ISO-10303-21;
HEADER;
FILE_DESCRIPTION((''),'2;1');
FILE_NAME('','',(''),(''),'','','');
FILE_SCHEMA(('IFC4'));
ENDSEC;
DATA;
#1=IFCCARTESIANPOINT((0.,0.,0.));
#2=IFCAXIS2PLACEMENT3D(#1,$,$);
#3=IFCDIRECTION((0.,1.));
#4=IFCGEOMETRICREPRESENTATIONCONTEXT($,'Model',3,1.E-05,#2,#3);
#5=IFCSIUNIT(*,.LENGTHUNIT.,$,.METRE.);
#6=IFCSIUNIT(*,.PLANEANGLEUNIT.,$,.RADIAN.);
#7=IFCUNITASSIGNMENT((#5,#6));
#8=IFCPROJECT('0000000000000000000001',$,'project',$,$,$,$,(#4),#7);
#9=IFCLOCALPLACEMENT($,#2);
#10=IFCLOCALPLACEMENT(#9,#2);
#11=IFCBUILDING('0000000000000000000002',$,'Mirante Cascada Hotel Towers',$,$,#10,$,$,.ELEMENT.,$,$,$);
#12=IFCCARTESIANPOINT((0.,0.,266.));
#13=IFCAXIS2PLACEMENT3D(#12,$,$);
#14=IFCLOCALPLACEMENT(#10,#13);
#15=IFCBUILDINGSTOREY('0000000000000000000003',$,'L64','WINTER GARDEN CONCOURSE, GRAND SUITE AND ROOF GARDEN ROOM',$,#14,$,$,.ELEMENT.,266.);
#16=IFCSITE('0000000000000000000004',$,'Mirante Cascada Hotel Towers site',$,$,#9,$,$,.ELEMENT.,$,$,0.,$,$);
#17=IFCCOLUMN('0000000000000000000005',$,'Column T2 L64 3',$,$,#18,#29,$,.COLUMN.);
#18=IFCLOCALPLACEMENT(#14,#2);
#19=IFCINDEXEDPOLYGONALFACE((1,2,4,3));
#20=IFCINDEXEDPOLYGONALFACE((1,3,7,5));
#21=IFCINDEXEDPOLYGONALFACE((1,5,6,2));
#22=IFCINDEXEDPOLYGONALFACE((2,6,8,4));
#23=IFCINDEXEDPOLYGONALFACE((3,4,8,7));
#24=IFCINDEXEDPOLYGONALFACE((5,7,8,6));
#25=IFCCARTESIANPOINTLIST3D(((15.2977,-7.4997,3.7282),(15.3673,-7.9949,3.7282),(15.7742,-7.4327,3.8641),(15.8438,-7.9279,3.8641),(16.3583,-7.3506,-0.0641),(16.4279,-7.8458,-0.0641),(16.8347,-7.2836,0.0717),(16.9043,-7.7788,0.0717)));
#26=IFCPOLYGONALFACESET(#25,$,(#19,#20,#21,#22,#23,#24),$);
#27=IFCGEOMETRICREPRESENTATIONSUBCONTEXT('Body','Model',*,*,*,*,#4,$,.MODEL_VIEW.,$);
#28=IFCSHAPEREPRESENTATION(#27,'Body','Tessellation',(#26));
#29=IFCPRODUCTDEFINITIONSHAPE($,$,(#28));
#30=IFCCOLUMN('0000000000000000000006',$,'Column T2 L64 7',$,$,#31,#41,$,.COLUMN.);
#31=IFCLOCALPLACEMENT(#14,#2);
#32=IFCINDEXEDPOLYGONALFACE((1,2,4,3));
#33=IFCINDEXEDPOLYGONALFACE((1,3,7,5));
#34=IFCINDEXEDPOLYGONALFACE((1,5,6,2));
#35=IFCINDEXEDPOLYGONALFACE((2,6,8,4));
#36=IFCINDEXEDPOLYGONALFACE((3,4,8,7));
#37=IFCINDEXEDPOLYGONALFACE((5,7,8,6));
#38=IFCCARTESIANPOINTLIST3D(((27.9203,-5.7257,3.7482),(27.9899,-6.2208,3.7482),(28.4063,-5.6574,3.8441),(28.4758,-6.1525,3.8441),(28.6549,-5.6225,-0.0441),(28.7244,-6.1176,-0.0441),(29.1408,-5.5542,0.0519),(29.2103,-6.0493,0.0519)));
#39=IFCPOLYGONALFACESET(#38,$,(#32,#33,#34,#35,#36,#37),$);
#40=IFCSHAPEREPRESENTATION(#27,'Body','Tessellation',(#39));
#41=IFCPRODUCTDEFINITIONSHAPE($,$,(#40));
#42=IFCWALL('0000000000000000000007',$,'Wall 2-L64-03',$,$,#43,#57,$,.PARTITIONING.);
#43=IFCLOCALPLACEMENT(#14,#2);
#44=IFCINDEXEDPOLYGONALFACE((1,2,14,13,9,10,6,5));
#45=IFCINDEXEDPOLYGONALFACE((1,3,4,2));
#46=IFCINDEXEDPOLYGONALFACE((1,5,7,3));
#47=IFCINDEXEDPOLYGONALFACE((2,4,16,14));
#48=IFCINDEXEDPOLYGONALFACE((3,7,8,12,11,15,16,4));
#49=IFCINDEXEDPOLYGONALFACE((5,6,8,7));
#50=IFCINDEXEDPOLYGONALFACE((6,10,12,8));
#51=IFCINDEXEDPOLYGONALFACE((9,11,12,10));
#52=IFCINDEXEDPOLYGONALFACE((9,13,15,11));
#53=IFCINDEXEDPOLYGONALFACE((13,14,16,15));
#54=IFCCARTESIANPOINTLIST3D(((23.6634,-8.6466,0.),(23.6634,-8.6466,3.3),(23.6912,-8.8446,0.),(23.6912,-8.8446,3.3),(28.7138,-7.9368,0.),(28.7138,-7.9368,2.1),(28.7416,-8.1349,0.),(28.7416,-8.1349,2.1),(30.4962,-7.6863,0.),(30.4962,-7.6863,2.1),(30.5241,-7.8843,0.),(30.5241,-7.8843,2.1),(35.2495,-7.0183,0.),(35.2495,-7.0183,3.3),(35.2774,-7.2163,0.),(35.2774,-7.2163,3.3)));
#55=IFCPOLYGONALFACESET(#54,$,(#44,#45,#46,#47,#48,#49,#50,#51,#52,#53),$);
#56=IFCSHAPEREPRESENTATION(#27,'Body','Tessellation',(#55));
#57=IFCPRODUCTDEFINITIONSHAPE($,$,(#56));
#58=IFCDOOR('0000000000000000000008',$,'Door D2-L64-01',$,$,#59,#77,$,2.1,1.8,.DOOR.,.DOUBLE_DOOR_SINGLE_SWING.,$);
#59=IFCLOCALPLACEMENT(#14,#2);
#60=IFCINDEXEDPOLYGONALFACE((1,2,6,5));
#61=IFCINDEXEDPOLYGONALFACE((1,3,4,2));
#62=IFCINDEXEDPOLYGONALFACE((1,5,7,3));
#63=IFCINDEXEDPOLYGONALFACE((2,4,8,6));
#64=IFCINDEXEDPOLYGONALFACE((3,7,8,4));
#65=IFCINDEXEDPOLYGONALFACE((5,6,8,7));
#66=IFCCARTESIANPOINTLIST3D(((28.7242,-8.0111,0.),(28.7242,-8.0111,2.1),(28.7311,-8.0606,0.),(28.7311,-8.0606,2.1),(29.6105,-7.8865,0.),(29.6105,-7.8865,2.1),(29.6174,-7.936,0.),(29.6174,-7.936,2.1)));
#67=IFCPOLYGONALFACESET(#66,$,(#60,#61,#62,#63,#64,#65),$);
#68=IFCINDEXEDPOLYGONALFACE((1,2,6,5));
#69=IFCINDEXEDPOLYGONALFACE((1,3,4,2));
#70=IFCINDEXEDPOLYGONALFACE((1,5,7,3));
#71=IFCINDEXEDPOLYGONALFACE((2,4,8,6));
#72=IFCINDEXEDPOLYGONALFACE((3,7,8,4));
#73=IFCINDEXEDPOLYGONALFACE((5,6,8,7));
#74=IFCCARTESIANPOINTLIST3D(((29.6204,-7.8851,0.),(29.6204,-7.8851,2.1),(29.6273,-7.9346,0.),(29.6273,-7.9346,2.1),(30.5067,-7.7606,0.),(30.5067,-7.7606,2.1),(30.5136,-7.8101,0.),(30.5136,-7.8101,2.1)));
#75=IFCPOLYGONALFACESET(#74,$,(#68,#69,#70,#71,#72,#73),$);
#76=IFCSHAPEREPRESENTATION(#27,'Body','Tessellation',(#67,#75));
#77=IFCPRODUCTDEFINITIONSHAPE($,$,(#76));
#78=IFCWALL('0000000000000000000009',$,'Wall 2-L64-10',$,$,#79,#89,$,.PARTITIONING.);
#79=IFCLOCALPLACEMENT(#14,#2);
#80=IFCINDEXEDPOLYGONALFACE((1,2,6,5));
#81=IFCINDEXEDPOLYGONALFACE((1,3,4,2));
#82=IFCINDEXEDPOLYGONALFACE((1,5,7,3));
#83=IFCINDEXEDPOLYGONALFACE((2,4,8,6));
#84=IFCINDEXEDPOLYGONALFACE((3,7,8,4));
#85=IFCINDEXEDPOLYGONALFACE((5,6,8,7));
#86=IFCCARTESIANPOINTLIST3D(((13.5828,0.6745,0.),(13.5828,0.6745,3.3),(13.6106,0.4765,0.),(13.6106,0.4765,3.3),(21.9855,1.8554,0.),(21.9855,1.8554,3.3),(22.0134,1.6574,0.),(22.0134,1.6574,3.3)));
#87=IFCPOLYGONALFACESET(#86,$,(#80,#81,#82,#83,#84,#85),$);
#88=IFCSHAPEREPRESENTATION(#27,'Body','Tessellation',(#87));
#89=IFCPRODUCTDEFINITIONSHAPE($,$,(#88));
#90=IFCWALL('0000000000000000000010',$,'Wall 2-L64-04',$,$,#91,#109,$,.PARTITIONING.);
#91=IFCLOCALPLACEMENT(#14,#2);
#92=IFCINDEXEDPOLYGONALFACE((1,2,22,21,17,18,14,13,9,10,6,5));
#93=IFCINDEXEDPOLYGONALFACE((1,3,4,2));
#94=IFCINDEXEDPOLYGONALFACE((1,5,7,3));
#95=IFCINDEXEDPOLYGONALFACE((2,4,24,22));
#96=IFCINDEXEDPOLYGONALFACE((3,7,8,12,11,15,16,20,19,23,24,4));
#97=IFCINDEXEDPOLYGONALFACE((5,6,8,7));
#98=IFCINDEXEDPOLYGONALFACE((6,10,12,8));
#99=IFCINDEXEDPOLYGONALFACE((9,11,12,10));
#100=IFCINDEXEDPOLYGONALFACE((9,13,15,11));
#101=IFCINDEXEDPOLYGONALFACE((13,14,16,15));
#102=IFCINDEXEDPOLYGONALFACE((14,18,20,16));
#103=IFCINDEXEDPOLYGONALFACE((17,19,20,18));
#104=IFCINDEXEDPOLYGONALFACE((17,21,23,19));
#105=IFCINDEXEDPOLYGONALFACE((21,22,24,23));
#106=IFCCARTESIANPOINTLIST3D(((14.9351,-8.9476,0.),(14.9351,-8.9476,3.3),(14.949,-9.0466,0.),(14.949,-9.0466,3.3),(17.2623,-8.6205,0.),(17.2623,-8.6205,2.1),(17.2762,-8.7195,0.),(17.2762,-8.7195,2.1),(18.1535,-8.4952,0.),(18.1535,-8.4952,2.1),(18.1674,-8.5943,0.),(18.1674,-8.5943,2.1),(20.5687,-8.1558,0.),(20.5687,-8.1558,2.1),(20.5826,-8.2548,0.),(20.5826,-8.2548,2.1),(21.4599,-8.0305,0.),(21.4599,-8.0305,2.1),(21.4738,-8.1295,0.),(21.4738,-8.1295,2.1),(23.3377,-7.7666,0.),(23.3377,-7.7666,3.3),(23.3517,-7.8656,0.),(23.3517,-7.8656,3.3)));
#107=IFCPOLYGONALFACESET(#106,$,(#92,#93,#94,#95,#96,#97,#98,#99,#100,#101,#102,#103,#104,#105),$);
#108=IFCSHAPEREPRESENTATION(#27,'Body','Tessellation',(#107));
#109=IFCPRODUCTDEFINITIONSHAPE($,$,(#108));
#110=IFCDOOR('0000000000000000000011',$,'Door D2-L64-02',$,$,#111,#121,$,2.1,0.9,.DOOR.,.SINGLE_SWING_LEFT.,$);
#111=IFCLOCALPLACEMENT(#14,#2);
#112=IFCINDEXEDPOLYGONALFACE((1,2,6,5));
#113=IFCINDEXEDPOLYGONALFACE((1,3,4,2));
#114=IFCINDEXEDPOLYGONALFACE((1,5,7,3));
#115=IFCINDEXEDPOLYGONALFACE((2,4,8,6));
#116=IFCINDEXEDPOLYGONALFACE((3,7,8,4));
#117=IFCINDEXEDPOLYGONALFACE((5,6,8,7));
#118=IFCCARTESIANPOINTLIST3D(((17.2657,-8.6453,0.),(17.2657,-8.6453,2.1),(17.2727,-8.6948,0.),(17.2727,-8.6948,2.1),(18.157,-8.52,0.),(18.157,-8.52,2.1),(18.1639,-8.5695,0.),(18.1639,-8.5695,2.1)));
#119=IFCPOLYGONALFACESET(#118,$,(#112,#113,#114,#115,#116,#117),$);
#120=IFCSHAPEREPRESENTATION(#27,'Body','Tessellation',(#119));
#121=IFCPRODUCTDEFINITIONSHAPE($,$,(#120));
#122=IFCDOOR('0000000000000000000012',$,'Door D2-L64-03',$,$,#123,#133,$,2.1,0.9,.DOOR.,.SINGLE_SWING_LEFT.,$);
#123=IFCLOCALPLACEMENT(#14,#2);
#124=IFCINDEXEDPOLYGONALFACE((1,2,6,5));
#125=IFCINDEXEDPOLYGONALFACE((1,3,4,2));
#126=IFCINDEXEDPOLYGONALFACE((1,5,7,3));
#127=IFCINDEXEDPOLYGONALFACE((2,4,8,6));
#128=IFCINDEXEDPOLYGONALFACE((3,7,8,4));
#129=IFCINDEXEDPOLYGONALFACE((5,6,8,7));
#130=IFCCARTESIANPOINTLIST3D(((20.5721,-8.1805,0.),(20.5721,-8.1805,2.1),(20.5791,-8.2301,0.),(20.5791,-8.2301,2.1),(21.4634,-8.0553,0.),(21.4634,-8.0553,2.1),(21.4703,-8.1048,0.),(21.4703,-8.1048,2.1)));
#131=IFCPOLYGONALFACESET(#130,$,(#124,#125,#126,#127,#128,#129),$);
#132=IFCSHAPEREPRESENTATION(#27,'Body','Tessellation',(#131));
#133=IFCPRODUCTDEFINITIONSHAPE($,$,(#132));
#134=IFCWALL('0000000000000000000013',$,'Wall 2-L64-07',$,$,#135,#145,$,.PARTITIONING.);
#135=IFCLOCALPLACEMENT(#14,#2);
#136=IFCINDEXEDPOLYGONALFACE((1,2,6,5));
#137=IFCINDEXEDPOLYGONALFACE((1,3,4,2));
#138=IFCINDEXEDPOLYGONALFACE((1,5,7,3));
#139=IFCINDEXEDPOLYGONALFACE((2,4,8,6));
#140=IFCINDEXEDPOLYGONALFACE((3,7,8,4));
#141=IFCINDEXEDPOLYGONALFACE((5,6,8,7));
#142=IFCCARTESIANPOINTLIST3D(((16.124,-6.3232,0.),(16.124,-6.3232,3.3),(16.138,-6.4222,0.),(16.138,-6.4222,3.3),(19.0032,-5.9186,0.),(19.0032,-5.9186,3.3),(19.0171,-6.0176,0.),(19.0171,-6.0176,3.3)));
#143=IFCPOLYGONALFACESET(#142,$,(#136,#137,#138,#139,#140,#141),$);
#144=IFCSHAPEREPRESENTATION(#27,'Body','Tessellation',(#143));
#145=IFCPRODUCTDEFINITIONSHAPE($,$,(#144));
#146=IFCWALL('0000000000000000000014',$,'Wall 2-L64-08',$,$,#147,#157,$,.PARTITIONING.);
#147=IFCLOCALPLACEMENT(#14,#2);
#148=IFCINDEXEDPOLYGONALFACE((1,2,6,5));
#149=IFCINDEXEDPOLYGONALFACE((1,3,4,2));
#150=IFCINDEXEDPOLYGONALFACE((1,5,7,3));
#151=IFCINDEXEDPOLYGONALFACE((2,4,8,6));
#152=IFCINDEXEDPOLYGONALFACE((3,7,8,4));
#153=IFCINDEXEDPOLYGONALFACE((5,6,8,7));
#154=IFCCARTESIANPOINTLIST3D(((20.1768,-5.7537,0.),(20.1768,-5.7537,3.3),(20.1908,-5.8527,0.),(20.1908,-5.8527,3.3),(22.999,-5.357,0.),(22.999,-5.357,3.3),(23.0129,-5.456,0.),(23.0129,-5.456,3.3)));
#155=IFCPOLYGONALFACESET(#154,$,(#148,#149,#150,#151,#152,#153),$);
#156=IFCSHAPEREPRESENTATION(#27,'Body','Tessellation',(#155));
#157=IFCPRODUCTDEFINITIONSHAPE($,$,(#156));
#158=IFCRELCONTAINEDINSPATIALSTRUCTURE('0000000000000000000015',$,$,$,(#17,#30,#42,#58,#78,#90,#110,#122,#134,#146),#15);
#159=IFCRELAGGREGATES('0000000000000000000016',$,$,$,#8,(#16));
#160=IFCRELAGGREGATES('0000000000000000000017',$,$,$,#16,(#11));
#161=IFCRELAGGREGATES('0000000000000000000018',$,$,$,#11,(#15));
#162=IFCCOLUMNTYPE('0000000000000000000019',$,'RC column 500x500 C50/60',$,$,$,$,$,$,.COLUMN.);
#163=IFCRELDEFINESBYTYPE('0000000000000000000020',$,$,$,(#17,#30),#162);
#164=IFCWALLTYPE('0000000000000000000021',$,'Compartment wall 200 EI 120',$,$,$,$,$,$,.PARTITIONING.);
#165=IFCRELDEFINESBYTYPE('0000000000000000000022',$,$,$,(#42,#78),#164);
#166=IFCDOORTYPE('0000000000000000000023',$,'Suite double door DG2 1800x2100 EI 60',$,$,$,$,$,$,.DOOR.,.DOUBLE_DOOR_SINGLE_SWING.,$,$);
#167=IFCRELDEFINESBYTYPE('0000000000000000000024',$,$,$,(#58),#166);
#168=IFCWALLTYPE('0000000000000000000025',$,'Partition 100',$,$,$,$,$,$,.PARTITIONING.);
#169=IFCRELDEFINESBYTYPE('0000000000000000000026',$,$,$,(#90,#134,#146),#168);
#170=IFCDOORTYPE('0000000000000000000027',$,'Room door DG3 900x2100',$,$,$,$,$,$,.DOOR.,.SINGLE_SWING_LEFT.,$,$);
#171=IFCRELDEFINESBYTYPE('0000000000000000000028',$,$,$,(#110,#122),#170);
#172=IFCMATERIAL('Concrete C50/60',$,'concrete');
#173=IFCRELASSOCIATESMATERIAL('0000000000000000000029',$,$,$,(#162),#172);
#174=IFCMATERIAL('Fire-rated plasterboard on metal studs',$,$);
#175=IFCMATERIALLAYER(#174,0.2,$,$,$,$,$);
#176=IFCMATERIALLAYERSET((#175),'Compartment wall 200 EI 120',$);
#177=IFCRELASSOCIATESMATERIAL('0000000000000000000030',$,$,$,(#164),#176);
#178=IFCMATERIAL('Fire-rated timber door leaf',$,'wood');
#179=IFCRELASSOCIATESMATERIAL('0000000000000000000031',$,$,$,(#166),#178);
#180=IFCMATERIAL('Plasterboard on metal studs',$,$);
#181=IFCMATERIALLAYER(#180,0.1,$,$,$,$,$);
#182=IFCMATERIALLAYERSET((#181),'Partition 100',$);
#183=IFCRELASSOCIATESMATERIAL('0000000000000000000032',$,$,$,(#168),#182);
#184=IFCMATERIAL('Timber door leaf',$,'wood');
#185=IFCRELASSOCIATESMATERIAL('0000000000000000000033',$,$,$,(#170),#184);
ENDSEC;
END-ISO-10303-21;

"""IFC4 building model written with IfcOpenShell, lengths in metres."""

from ifc_helpers import new_model, si_unit, direction, frame, frame_2d, origin, origin_2d, place, context, subcontext, project, spatial, rectangle, extrude, material, layer, layer_set, material_profile, profile_set, type_object, element, fill, save


model = new_model("IFC4")

# Units and contexts
model_context = context("Model", 3, precision=1e-05, world=origin(), true_north=direction((0.0, 1.0)))
body_context = subcontext(model_context, "Body", "Model", "MODEL_VIEW")
ifc_project = project(units=[si_unit("LENGTHUNIT", "METRE"), si_unit("PLANEANGLEUNIT", "RADIAN")], contexts=[model_context])

# Site, building, storey
site_placement = place(None, origin())
site = spatial("IfcSite", under=ifc_project, at=site_placement, Name="Mirante Cascada Hotel Towers site", CompositionType="ELEMENT", RefElevation=0.0)
building_placement = place(site_placement, origin())
building = spatial("IfcBuilding", under=site, at=building_placement, Name="Mirante Cascada Hotel Towers", CompositionType="ELEMENT")
storey_placement = place(building_placement, frame((0.0, 0.0, 266.0)))
storey = spatial("IfcBuildingStorey", under=building, at=storey_placement, Name="L64", Description="WINTER GARDEN CONCOURSE, GRAND SUITE AND ROOF GARDEN ROOM", CompositionType="ELEMENT", Elevation=266.0)

# Columns
ifc_material_1 = material(Name="Concrete C50/60", Category="concrete")
ifc_material_profile = material_profile(ifc_material_1, rectangle(XDim=0.5, YDim=0.5, at=origin_2d()), Name="RC column 500x500 C50/60")
ifc_profile_set = profile_set([ifc_material_profile], Name="Concrete C50/60")
column_type = type_object("IfcColumnType", Name="RC column 500x500 C50/60", PredefinedType="COLUMN", material=ifc_profile_set)
column_1_placement = place(storey_placement, frame((16.6313, -7.5647, 0.0038), z_axis=(-0.269137, -0.037836, 0.962358), x_axis=(0.139212, -0.990263, 0.0)))
element("IfcColumn", 1, at=column_1_placement, inside=storey, type_object=column_type, Name="Column T2 L64 3", PredefinedType="COLUMN", context=body_context, shape_type="SweptSolid", body=[
    extrude(rectangle(XDim=0.5, YDim=0.5, at=origin_2d()), origin(), (0.0, 0.0, 1.0), 3.9407),
])
column_2_placement = place(storey_placement, frame((28.9326, -5.8359, 0.0039), z_axis=(-0.190085, -0.026708, 0.981404), x_axis=(0.139137, -0.990273, 0.0)))
element("IfcColumn", 2, at=column_2_placement, inside=storey, type_object=column_type, Name="Column T2 L64 7", PredefinedType="COLUMN", context=body_context, shape_type="SweptSolid", body=[
    extrude(rectangle(XDim=0.5, YDim=0.5, at=origin_2d()), origin(), (0.0, 0.0, 1.0), 3.8641),
])

# Wall, opening, door
ifc_material_2 = material(Name="Fire-rated plasterboard on metal studs")
ifc_layer_1 = layer(ifc_material_2, 0.2)
ifc_layer_set_1 = layer_set([ifc_layer_1], Name="Compartment wall 200 EI 120")
wall_type_1 = type_object("IfcWallType", Name="Compartment wall 200 EI 120", PredefinedType="PARTITIONING", material=ifc_layer_set_1)
wall_1_placement = place(storey_placement, frame((23.6773, -8.7456, 0.0), z_axis=(0.0, 0.0, 1.0), x_axis=(0.990268, 0.139171, 0.0)))
wall_1 = element("IfcWall", 3, at=wall_1_placement, inside=storey, type_object=wall_type_1, Name="Wall 2-L64-03", PredefinedType="PARTITIONING", context=body_context, shape_type="SweptSolid", body=[
    extrude(rectangle(XDim=11.7, YDim=0.2, at=frame_2d((5.85, 0.0))), origin(), (0.0, 0.0, 1.0), 3.3),
])
opening_1_placement = place(wall_1_placement, frame((5.1, 0.0, 0.0)))
opening_1 = element("IfcOpeningElement", 4, at=opening_1_placement, cuts=wall_1, PredefinedType="OPENING", context=body_context, shape_type="SweptSolid", body=[
    extrude(rectangle(XDim=1.8, YDim=2.1, at=frame_2d((0.9, 1.05))), frame((0.0, 0.1, 0.0), z_axis=(0.0, -1.0, 0.0), x_axis=(1.0, 0.0, 0.0)), (0.0, 0.0, 1.0), 0.2),
])
ifc_material_3 = material(Name="Fire-rated timber door leaf", Category="wood")
door_type_1 = type_object("IfcDoorType", Name="Suite double door DG2 1800x2100 EI 60", OperationType="DOUBLE_DOOR_SINGLE_SWING", PredefinedType="DOOR", material=ifc_material_3)
door_1_placement = place(opening_1_placement, origin())
door_1 = element("IfcDoor", 5, at=door_1_placement, inside=storey, type_object=door_type_1, Name="Door D2-L64-01", OperationType="DOUBLE_DOOR_SINGLE_SWING", OverallHeight=2.1, OverallWidth=1.8, PredefinedType="DOOR", context=body_context, shape_type="SweptSolid", body=[
    extrude(rectangle(XDim=0.895, YDim=2.1, at=frame_2d((0.4475, 1.05))), frame((0.0, 0.025, 0.0), z_axis=(0.0, -1.0, 0.0), x_axis=(1.0, 0.0, 0.0)), (0.0, 0.0, 1.0), 0.05),
    extrude(rectangle(XDim=0.895, YDim=2.1, at=frame_2d((1.3525, 1.05))), frame((0.0, 0.025, 0.0), z_axis=(0.0, -1.0, 0.0), x_axis=(1.0, 0.0, 0.0)), (0.0, 0.0, 1.0), 0.05),
])
fill(opening_1, door_1)

# Wall
wall_2_placement = place(storey_placement, frame((21.9994, 1.7564, 0.0), z_axis=(0.0, 0.0, 1.0), x_axis=(-0.990268, -0.139171, 0.0)))
element("IfcWall", 6, at=wall_2_placement, inside=storey, type_object=wall_type_1, Name="Wall 2-L64-10", PredefinedType="PARTITIONING", context=body_context, shape_type="SweptSolid", body=[
    extrude(rectangle(XDim=8.4853, YDim=0.2, at=frame_2d((4.2426, 0.0))), origin(), (0.0, 0.0, 1.0), 3.3),
])

# Wall, openings, doors
ifc_material_4 = material(Name="Plasterboard on metal studs")
ifc_layer_2 = layer(ifc_material_4, 0.1)
ifc_layer_set_2 = layer_set([ifc_layer_2], Name="Partition 100")
wall_type_2 = type_object("IfcWallType", Name="Partition 100", PredefinedType="PARTITIONING", material=ifc_layer_set_2)
wall_3_placement = place(storey_placement, frame((23.3447, -7.8161, 0.0), z_axis=(0.0, 0.0, 1.0), x_axis=(-0.990267, -0.139184, 0.0)))
wall_3 = element("IfcWall", 7, at=wall_3_placement, inside=storey, type_object=wall_type_2, Name="Wall 2-L64-04", PredefinedType="PARTITIONING", context=body_context, shape_type="SweptSolid", body=[
    extrude(rectangle(XDim=8.4852, YDim=0.1, at=frame_2d((4.2426, 0.0))), origin(), (0.0, 0.0, 1.0), 3.3),
])
opening_2_placement = place(wall_3_placement, frame((5.2352, 0.0, 0.0)))
opening_2 = element("IfcOpeningElement", 8, at=opening_2_placement, cuts=wall_3, PredefinedType="OPENING", context=body_context, shape_type="SweptSolid", body=[
    extrude(rectangle(XDim=0.9, YDim=2.1, at=frame_2d((0.45, 1.05))), frame((0.0, 0.05, 0.0), z_axis=(0.0, -1.0, 0.0), x_axis=(1.0, 0.0, 0.0)), (0.0, 0.0, 1.0), 0.1),
])
opening_3_placement = place(wall_3_placement, frame((1.8963, 0.0, 0.0)))
opening_3 = element("IfcOpeningElement", 9, at=opening_3_placement, cuts=wall_3, PredefinedType="OPENING", context=body_context, shape_type="SweptSolid", body=[
    extrude(rectangle(XDim=0.9, YDim=2.1, at=frame_2d((0.45, 1.05))), frame((0.0, 0.05, 0.0), z_axis=(0.0, -1.0, 0.0), x_axis=(1.0, 0.0, 0.0)), (0.0, 0.0, 1.0), 0.1),
])
ifc_material_5 = material(Name="Timber door leaf", Category="wood")
door_type_2 = type_object("IfcDoorType", Name="Room door DG3 900x2100", OperationType="SINGLE_SWING_LEFT", PredefinedType="DOOR", material=ifc_material_5)
door_2_placement = place(opening_2_placement, origin())
door_2 = element("IfcDoor", 10, at=door_2_placement, inside=storey, type_object=door_type_2, Name="Door D2-L64-02", OperationType="SINGLE_SWING_LEFT", OverallHeight=2.1, OverallWidth=0.9, PredefinedType="DOOR", context=body_context, shape_type="SweptSolid", body=[
    extrude(rectangle(XDim=0.9, YDim=2.1, at=frame_2d((0.45, 1.05))), frame((0.0, 0.025, 0.0), z_axis=(0.0, -1.0, 0.0), x_axis=(1.0, 0.0, 0.0)), (0.0, 0.0, 1.0), 0.05),
])
fill(opening_2, door_2)
door_3_placement = place(opening_3_placement, origin())
door_3 = element("IfcDoor", 11, at=door_3_placement, inside=storey, type_object=door_type_2, Name="Door D2-L64-03", OperationType="SINGLE_SWING_LEFT", OverallHeight=2.1, OverallWidth=0.9, PredefinedType="DOOR", context=body_context, shape_type="SweptSolid", body=[
    extrude(rectangle(XDim=0.9, YDim=2.1, at=frame_2d((0.45, 1.05))), frame((0.0, 0.025, 0.0), z_axis=(0.0, -1.0, 0.0), x_axis=(1.0, 0.0, 0.0)), (0.0, 0.0, 1.0), 0.05),
])
fill(opening_3, door_3)

# Walls
wall_4_placement = place(storey_placement, frame((16.131, -6.3727, 0.0), z_axis=(0.0, 0.0, 1.0), x_axis=(0.99027, 0.139163, 0.0)))
element("IfcWall", 12, at=wall_4_placement, inside=storey, type_object=wall_type_2, Name="Wall 2-L64-07", PredefinedType="PARTITIONING", context=body_context, shape_type="SweptSolid", body=[
    extrude(rectangle(XDim=2.9074, YDim=0.1, at=frame_2d((1.4537, 0.0))), origin(), (0.0, 0.0, 1.0), 3.3),
])
wall_5_placement = place(storey_placement, frame((23.006, -5.4065, 0.0), z_axis=(0.0, 0.0, 1.0), x_axis=(-0.990265, -0.139196, 0.0)))
element("IfcWall", 13, at=wall_5_placement, inside=storey, type_object=wall_type_2, Name="Wall 2-L64-08", PredefinedType="PARTITIONING", context=body_context, shape_type="SweptSolid", body=[
    extrude(rectangle(XDim=2.8499, YDim=0.1, at=frame_2d((1.425, 0.0))), origin(), (0.0, 0.0, 1.0), 3.3),
])

save(model, "model.ifc")
